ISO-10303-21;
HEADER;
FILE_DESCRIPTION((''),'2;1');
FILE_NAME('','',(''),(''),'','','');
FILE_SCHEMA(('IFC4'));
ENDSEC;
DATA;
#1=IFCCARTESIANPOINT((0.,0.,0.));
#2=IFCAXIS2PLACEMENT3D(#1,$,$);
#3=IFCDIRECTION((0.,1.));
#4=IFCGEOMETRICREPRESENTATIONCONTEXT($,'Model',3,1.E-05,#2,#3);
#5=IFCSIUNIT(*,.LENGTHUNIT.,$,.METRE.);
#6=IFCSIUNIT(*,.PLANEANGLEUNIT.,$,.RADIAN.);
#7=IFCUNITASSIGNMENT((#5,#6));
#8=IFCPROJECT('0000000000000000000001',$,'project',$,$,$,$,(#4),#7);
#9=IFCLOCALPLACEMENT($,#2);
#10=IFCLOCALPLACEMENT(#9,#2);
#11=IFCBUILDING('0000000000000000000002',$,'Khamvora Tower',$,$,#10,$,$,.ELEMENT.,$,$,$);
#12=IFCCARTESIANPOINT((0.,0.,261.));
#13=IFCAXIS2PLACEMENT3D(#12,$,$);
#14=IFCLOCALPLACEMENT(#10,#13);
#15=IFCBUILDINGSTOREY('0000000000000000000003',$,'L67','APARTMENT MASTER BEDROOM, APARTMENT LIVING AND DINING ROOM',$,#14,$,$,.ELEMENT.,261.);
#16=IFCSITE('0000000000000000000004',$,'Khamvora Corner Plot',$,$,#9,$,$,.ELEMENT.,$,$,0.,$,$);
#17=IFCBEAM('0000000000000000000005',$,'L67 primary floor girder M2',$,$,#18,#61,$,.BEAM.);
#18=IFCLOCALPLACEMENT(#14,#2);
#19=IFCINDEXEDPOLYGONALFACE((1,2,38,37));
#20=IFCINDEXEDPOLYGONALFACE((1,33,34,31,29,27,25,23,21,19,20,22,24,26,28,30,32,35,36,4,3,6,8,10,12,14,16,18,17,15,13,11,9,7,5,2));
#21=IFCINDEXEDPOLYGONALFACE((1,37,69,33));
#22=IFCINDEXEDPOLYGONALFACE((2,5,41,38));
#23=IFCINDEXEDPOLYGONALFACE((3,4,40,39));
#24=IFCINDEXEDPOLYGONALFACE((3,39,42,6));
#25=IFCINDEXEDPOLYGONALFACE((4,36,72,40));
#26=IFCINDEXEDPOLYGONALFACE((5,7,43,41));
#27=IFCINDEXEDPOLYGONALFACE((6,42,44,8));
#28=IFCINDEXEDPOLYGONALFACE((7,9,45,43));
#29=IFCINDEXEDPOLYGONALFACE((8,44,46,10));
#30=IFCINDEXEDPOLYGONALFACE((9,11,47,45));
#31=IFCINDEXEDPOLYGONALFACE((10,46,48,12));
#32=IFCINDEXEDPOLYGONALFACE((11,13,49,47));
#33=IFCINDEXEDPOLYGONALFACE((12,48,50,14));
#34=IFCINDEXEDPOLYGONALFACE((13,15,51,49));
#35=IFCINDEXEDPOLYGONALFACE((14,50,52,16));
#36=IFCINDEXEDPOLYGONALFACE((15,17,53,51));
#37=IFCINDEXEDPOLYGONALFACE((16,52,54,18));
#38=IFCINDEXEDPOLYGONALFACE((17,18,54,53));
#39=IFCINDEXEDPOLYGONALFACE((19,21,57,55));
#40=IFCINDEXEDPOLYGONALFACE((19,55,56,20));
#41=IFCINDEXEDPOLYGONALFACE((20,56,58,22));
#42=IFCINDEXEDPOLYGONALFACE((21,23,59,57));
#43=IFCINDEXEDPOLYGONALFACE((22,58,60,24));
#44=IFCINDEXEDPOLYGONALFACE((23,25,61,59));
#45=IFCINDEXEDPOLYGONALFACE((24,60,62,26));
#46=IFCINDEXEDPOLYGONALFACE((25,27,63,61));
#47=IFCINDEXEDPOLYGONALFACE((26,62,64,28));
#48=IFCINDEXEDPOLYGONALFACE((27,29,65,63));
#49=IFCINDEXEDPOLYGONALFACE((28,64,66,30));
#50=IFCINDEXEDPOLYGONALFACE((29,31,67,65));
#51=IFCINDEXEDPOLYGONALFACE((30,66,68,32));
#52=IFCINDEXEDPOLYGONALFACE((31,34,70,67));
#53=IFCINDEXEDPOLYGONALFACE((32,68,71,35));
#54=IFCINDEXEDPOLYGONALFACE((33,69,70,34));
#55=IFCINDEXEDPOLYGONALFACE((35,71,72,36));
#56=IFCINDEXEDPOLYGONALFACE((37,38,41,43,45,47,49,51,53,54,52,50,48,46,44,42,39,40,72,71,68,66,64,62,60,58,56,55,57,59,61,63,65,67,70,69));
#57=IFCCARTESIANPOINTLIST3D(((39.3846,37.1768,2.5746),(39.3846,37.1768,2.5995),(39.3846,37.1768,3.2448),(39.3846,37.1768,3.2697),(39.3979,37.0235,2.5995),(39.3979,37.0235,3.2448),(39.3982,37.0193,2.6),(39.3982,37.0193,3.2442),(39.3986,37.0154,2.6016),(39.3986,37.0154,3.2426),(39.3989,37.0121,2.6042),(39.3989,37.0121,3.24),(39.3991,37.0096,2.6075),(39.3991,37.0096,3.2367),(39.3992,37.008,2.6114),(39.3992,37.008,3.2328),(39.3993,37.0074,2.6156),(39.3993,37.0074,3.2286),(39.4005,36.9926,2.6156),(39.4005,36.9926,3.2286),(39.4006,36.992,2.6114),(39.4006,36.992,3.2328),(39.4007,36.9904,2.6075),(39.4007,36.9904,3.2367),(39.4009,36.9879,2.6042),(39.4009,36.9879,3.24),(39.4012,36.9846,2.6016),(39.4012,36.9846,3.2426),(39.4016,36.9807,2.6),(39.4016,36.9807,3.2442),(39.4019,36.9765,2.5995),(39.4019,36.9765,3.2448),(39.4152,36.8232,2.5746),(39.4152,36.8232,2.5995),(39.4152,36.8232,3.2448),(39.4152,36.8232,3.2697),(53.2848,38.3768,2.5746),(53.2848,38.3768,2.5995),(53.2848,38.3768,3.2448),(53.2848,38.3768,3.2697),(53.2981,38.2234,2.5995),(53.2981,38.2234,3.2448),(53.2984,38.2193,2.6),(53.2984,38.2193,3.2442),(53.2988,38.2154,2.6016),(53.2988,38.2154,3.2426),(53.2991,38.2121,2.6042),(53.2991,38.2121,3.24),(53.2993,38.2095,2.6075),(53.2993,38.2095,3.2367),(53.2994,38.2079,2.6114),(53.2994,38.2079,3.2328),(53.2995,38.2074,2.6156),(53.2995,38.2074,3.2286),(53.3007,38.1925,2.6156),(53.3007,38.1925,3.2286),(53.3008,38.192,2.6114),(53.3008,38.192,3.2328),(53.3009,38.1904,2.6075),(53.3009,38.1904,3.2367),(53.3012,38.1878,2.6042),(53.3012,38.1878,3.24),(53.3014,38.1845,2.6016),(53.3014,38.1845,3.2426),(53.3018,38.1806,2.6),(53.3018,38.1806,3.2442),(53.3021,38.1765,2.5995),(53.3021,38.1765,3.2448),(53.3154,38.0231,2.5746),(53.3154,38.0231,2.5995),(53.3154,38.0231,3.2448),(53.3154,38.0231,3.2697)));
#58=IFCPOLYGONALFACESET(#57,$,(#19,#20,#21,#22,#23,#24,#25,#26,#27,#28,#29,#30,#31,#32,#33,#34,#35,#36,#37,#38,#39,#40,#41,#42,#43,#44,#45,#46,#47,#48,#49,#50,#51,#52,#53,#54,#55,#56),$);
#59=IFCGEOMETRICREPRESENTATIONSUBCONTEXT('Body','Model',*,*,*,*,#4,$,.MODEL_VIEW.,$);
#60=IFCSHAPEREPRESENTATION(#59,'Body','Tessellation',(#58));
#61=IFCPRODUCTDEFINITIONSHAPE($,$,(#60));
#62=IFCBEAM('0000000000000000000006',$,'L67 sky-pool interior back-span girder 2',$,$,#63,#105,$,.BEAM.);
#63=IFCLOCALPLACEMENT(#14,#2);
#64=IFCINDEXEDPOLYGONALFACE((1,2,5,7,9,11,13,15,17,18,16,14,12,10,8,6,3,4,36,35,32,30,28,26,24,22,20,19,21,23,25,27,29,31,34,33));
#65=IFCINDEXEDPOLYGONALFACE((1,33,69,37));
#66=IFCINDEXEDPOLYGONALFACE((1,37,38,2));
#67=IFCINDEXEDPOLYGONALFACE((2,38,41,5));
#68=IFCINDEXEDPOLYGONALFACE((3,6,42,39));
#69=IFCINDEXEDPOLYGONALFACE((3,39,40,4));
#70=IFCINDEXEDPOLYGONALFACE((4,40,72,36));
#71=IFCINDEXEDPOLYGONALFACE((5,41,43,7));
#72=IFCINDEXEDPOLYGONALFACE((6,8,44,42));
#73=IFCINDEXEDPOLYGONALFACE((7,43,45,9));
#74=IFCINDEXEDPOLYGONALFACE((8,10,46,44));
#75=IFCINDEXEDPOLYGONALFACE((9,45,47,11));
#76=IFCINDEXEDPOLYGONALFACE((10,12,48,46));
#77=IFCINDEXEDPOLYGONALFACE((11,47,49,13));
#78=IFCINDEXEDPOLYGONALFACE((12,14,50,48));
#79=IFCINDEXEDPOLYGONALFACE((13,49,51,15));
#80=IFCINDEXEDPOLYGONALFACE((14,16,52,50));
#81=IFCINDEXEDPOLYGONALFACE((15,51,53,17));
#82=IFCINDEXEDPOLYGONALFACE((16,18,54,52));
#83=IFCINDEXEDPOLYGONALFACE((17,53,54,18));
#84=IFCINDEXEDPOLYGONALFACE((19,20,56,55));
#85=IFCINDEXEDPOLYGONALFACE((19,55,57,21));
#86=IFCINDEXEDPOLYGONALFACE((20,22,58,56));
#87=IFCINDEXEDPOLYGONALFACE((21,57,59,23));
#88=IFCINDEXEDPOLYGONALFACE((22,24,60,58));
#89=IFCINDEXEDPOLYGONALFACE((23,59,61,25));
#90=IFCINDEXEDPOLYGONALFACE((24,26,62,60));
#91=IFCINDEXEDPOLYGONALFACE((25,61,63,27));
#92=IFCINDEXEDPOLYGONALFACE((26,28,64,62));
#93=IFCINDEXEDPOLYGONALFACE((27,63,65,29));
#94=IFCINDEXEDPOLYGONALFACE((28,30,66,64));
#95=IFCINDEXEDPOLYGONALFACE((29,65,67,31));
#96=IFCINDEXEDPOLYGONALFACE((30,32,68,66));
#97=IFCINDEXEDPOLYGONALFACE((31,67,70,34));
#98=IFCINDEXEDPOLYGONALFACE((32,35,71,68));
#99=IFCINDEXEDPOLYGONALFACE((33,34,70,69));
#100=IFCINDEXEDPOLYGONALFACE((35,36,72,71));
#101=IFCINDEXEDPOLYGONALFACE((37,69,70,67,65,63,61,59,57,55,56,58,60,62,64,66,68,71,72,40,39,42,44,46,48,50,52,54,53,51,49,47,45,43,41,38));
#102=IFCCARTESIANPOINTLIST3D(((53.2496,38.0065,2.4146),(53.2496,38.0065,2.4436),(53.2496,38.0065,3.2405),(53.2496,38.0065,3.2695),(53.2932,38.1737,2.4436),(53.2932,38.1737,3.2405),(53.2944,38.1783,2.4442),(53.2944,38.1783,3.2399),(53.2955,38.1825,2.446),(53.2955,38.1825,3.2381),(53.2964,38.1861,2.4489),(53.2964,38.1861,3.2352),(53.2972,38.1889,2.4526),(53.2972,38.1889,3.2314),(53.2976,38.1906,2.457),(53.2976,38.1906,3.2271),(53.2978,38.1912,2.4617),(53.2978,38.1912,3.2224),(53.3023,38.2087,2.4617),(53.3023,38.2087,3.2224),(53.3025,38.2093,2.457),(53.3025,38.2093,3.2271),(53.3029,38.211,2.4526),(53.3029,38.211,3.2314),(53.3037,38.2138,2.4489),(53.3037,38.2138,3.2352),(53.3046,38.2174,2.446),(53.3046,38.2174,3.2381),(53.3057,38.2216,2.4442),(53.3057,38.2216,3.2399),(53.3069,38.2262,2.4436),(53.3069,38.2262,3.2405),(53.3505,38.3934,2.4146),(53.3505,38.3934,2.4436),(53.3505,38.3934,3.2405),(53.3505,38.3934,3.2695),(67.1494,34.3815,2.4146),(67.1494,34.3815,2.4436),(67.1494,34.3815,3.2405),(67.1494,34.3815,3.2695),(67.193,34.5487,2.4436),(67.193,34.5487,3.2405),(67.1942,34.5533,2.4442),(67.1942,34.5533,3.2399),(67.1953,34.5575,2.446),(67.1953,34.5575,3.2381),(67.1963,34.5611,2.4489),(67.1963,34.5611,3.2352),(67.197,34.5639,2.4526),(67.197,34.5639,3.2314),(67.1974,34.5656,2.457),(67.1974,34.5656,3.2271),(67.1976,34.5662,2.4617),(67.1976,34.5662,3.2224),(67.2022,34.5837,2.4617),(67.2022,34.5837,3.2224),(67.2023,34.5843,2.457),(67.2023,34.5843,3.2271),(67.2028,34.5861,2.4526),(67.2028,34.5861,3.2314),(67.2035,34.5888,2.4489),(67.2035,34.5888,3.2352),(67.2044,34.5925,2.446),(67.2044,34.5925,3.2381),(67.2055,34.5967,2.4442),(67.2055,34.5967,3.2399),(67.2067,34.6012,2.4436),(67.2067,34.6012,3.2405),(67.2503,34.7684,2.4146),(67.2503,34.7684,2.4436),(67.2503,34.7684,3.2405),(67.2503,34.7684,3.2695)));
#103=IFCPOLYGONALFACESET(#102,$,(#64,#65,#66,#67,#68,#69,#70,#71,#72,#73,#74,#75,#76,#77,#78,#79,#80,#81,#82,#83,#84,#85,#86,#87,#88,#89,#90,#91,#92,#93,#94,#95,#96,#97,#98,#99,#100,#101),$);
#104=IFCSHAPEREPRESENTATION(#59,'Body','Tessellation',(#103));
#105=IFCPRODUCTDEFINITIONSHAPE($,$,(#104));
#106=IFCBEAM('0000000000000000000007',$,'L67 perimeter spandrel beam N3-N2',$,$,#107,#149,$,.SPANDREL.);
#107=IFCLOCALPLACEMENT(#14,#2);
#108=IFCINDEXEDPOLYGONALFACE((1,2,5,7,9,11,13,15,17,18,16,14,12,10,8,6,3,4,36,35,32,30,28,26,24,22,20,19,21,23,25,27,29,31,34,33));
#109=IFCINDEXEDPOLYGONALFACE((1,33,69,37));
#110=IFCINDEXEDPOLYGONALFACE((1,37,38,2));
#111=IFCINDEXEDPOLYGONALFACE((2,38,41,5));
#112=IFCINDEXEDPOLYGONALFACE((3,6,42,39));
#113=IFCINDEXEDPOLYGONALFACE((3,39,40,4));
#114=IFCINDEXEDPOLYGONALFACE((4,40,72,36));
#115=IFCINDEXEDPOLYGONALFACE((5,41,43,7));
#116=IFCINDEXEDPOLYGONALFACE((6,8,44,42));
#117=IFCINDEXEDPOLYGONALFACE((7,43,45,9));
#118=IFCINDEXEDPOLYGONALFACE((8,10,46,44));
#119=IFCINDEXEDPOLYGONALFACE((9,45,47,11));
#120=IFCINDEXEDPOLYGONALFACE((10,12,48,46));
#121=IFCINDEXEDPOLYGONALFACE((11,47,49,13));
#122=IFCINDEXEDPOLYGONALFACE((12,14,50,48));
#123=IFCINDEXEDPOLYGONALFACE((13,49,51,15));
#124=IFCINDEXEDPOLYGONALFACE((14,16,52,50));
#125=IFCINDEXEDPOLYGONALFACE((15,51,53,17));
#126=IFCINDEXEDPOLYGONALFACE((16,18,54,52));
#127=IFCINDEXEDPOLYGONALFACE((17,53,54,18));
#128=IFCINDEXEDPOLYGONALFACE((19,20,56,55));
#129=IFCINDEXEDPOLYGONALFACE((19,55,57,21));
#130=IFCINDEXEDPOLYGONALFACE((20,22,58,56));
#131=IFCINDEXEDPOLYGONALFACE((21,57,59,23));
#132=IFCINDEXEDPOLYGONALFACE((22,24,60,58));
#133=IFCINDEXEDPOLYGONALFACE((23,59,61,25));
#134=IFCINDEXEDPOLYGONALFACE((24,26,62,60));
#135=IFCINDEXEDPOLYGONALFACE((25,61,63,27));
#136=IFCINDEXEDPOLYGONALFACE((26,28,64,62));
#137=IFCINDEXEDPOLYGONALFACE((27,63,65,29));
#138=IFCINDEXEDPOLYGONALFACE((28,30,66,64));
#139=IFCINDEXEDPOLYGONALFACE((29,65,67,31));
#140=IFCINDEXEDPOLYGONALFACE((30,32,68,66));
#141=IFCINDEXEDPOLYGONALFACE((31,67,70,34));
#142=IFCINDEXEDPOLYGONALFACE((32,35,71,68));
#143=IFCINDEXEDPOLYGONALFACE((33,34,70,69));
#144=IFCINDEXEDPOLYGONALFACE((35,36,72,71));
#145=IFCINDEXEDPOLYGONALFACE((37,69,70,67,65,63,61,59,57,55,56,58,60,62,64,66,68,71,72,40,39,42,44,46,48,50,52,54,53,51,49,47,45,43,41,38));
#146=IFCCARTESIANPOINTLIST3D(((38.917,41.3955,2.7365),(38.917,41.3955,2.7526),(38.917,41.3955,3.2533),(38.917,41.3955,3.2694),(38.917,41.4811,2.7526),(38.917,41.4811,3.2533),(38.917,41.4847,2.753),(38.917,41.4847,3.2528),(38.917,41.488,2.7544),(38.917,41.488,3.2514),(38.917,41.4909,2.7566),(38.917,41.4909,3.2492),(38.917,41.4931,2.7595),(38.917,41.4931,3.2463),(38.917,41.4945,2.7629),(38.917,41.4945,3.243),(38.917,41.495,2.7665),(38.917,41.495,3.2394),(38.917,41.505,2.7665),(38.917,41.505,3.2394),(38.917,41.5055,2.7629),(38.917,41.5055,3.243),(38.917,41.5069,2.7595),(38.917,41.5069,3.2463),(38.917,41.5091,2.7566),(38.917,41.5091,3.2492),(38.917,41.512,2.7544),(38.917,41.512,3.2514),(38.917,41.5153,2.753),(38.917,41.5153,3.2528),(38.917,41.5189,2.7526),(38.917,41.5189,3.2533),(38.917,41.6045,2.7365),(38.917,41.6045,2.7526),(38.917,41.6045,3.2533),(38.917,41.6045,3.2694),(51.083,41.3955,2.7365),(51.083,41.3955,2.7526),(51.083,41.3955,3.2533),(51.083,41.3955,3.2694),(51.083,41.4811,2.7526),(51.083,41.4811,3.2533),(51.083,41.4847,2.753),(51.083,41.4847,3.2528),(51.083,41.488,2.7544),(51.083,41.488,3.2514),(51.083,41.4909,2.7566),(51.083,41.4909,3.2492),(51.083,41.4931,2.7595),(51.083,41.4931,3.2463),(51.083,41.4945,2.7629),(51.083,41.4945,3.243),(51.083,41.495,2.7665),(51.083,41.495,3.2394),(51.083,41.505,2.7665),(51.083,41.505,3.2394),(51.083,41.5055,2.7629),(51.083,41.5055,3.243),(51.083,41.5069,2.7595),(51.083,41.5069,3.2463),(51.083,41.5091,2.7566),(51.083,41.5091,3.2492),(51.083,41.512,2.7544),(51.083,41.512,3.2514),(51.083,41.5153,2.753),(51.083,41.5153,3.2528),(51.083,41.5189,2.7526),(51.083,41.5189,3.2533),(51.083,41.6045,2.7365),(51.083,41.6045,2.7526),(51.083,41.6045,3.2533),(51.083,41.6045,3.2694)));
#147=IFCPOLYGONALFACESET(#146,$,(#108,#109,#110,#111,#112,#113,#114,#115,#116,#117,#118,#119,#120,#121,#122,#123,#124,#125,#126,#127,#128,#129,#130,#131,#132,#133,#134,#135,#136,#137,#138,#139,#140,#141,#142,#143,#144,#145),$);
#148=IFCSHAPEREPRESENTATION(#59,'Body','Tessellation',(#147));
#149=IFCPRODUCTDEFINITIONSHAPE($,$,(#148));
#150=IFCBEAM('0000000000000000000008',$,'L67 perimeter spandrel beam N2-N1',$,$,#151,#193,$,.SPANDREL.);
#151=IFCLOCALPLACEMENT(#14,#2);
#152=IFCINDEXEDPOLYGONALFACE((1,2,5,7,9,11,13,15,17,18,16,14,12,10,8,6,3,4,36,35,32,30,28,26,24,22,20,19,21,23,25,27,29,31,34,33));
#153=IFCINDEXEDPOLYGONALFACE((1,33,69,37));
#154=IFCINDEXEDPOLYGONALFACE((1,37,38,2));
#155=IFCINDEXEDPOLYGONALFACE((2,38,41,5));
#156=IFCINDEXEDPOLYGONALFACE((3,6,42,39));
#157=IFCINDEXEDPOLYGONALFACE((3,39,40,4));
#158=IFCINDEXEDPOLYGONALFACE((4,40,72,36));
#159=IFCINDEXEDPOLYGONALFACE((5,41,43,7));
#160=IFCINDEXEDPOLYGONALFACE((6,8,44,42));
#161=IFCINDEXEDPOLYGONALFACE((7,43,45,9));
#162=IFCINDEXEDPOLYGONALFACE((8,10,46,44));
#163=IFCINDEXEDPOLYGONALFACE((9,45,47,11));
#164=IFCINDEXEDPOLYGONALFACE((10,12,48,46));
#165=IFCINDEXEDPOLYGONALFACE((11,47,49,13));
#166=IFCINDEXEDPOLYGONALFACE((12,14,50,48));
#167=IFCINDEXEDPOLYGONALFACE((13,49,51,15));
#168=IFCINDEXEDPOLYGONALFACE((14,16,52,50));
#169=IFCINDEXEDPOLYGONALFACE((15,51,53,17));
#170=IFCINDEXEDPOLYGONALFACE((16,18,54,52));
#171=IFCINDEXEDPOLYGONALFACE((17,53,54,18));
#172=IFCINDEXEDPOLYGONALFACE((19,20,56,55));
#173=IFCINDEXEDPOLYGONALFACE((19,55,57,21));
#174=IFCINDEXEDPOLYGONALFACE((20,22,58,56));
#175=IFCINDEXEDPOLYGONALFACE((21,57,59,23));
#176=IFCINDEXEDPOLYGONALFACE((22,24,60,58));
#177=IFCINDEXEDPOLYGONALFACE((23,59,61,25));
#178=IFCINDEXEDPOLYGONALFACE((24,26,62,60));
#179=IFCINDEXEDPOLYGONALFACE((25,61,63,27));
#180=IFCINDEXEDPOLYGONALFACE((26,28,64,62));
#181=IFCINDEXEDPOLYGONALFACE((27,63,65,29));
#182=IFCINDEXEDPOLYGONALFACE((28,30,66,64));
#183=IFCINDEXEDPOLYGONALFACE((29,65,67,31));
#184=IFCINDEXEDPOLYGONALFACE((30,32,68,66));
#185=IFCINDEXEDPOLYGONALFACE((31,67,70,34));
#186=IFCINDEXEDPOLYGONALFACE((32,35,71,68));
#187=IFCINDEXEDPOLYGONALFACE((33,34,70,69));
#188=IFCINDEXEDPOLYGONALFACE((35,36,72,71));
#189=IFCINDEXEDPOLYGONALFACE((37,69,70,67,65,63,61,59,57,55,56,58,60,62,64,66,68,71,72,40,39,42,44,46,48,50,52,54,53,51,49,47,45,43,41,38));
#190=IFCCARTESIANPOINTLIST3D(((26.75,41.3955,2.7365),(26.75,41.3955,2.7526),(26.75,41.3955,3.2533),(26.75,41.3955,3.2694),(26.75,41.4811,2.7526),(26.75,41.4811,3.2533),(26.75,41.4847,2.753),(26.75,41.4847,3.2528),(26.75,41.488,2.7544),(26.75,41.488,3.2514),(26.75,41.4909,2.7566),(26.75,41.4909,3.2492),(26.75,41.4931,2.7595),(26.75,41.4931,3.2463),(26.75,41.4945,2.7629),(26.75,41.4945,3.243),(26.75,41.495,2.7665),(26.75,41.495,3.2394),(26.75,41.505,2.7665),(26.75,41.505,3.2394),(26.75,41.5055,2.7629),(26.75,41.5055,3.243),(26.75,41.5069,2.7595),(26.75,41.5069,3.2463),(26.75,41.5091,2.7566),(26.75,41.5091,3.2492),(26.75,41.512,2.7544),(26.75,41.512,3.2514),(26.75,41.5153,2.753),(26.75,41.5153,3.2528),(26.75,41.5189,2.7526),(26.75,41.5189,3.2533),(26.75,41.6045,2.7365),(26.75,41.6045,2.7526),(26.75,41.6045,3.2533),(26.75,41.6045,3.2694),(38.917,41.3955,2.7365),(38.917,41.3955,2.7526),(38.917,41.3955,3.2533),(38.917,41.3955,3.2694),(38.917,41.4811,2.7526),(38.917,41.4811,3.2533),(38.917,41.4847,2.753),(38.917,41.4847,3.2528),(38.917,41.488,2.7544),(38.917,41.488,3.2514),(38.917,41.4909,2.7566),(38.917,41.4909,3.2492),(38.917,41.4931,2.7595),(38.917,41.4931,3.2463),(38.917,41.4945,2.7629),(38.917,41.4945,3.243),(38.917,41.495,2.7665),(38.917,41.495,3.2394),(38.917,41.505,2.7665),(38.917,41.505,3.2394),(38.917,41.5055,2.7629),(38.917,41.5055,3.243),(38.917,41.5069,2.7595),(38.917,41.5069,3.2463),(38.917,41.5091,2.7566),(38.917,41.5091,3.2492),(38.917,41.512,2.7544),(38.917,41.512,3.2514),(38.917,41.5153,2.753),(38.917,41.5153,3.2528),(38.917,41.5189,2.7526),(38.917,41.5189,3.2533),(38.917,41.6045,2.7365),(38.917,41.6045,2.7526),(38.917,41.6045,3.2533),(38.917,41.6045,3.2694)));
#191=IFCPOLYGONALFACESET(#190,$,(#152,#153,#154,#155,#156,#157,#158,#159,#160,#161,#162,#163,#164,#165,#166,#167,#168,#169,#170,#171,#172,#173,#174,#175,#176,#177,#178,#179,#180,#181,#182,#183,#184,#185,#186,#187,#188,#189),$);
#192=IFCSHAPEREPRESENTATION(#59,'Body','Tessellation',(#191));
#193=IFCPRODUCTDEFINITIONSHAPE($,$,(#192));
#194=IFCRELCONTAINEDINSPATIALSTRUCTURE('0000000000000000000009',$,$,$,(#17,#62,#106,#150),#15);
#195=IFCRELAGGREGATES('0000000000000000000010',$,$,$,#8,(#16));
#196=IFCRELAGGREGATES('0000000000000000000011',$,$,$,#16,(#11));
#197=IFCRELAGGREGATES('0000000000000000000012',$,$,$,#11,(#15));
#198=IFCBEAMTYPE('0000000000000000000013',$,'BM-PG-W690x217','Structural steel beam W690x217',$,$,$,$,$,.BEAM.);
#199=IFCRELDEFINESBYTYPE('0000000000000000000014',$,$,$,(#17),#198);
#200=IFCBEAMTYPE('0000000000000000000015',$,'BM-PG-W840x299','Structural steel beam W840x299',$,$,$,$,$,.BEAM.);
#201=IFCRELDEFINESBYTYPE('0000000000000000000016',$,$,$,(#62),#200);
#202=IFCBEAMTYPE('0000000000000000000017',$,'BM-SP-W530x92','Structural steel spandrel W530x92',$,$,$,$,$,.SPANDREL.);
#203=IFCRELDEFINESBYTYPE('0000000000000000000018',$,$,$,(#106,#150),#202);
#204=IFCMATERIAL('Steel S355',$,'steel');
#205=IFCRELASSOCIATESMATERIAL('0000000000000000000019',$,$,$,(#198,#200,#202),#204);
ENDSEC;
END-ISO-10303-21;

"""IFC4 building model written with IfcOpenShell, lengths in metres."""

from ifc_helpers import new_model, si_unit, direction, frame, origin, origin_2d, place, context, subcontext, project, spatial, i_section, extrude, material, material_profile, profile_set, type_object, element, save


model = new_model("IFC4")

# Units and contexts
model_context = context("Model", 3, precision=1e-05, world=origin(), true_north=direction((0.0, 1.0)))
body_context = subcontext(model_context, "Body", "Model", "MODEL_VIEW")
ifc_project = project(units=[si_unit("LENGTHUNIT", "METRE"), si_unit("PLANEANGLEUNIT", "RADIAN")], contexts=[model_context])

# Site, building, storey
site_placement = place(None, origin())
site = spatial("IfcSite", under=ifc_project, at=site_placement, Name="Khamvora Corner Plot", CompositionType="ELEMENT", RefElevation=0.0)
building_placement = place(site_placement, origin())
building = spatial("IfcBuilding", under=site, at=building_placement, Name="Khamvora Tower", CompositionType="ELEMENT")
storey_placement = place(building_placement, frame((0.0, 0.0, 261.0)))
storey = spatial("IfcBuildingStorey", under=building, at=storey_placement, Name="L67", Description="APARTMENT MASTER BEDROOM, APARTMENT LIVING AND DINING ROOM", CompositionType="ELEMENT", Elevation=261.0)

# Shared definitions
ifc_material_1 = material(Name="Steel S355", Category="steel")

# Beams
ifc_material_profile_1 = material_profile(ifc_material_1, i_section(OverallWidth=0.355, OverallDepth=0.6951, WebThickness=0.0149, FlangeThickness=0.0249, FilletRadius=0.0161, at=origin_2d()), Name="W690x217")
ifc_profile_set_1 = profile_set([ifc_material_profile_1], Name="Steel S355")
beam_type_1 = type_object("IfcBeamType", Name="BM-PG-W690x217", Description="Structural steel beam W690x217", PredefinedType="BEAM", material=ifc_profile_set_1)
beam_1_placement = place(storey_placement, frame((39.3999, 37.0, 2.9221), z_axis=(0.996295, 0.086007, 0.0), x_axis=(-0.086007, 0.996295, 0.0)))
element("IfcBeam", 1, at=beam_1_placement, inside=storey, type_object=beam_type_1, Name="L67 primary floor girder M2", PredefinedType="BEAM", context=body_context, shape_type="SweptSolid", body=[
    extrude(i_section(OverallWidth=0.355, OverallDepth=0.6951, WebThickness=0.0149, FlangeThickness=0.0249, FilletRadius=0.0161, at=origin_2d()), origin(), (0.0, 0.0, 1.0), 13.9519),
])
ifc_material_profile_2 = material_profile(ifc_material_1, i_section(OverallWidth=0.3999, OverallDepth=0.855, WebThickness=0.0181, FlangeThickness=0.0291, FilletRadius=0.0181, at=origin_2d()), Name="W840x299")
ifc_profile_set_2 = profile_set([ifc_material_profile_2], Name="Steel S355")
beam_type_2 = type_object("IfcBeamType", Name="BM-PG-W840x299", Description="Structural steel beam W840x299", PredefinedType="BEAM", material=ifc_profile_set_2)
beam_2_placement = place(storey_placement, frame((53.3, 38.2, 2.842), z_axis=(0.967635, -0.252353, 0.0), x_axis=(0.252353, 0.967635, 0.0)))
element("IfcBeam", 2, at=beam_2_placement, inside=storey, type_object=beam_type_2, Name="L67 sky-pool interior back-span girder 2", PredefinedType="BEAM", context=body_context, shape_type="SweptSolid", body=[
    extrude(i_section(OverallWidth=0.3999, OverallDepth=0.855, WebThickness=0.0181, FlangeThickness=0.0291, FilletRadius=0.0181, at=origin_2d()), origin(), (0.0, 0.0, 1.0), 14.3647),
])
ifc_material_profile_3 = material_profile(ifc_material_1, i_section(OverallWidth=0.209, OverallDepth=0.533, WebThickness=0.01, FlangeThickness=0.0161, FilletRadius=0.0139, at=origin_2d()), Name="W530x92")
ifc_profile_set_3 = profile_set([ifc_material_profile_3], Name="Steel S355")
beam_type_3 = type_object("IfcBeamType", Name="BM-SP-W530x92", Description="Structural steel spandrel W530x92", PredefinedType="SPANDREL", material=ifc_profile_set_3)
beam_3_placement = place(storey_placement, frame((51.083, 41.5, 3.0029), z_axis=(-1.0, 0.0, 0.0), x_axis=(0.0, -1.0, 0.0)))
element("IfcBeam", 3, at=beam_3_placement, inside=storey, type_object=beam_type_3, Name="L67 perimeter spandrel beam N3-N2", PredefinedType="SPANDREL", context=body_context, shape_type="SweptSolid", body=[
    extrude(i_section(OverallWidth=0.209, OverallDepth=0.533, WebThickness=0.01, FlangeThickness=0.0161, FilletRadius=0.0139, at=origin_2d()), origin(), (0.0, 0.0, 1.0), 12.166),
])
beam_4_placement = place(storey_placement, frame((38.917, 41.5, 3.0029), z_axis=(-1.0, 0.0, 0.0), x_axis=(0.0, -1.0, 0.0)))
element("IfcBeam", 4, at=beam_4_placement, inside=storey, type_object=beam_type_3, Name="L67 perimeter spandrel beam N2-N1", PredefinedType="SPANDREL", context=body_context, shape_type="SweptSolid", body=[
    extrude(i_section(OverallWidth=0.209, OverallDepth=0.533, WebThickness=0.01, FlangeThickness=0.0161, FilletRadius=0.0139, at=origin_2d()), origin(), (0.0, 0.0, 1.0), 12.167),
])

save(model, "model.ifc")
